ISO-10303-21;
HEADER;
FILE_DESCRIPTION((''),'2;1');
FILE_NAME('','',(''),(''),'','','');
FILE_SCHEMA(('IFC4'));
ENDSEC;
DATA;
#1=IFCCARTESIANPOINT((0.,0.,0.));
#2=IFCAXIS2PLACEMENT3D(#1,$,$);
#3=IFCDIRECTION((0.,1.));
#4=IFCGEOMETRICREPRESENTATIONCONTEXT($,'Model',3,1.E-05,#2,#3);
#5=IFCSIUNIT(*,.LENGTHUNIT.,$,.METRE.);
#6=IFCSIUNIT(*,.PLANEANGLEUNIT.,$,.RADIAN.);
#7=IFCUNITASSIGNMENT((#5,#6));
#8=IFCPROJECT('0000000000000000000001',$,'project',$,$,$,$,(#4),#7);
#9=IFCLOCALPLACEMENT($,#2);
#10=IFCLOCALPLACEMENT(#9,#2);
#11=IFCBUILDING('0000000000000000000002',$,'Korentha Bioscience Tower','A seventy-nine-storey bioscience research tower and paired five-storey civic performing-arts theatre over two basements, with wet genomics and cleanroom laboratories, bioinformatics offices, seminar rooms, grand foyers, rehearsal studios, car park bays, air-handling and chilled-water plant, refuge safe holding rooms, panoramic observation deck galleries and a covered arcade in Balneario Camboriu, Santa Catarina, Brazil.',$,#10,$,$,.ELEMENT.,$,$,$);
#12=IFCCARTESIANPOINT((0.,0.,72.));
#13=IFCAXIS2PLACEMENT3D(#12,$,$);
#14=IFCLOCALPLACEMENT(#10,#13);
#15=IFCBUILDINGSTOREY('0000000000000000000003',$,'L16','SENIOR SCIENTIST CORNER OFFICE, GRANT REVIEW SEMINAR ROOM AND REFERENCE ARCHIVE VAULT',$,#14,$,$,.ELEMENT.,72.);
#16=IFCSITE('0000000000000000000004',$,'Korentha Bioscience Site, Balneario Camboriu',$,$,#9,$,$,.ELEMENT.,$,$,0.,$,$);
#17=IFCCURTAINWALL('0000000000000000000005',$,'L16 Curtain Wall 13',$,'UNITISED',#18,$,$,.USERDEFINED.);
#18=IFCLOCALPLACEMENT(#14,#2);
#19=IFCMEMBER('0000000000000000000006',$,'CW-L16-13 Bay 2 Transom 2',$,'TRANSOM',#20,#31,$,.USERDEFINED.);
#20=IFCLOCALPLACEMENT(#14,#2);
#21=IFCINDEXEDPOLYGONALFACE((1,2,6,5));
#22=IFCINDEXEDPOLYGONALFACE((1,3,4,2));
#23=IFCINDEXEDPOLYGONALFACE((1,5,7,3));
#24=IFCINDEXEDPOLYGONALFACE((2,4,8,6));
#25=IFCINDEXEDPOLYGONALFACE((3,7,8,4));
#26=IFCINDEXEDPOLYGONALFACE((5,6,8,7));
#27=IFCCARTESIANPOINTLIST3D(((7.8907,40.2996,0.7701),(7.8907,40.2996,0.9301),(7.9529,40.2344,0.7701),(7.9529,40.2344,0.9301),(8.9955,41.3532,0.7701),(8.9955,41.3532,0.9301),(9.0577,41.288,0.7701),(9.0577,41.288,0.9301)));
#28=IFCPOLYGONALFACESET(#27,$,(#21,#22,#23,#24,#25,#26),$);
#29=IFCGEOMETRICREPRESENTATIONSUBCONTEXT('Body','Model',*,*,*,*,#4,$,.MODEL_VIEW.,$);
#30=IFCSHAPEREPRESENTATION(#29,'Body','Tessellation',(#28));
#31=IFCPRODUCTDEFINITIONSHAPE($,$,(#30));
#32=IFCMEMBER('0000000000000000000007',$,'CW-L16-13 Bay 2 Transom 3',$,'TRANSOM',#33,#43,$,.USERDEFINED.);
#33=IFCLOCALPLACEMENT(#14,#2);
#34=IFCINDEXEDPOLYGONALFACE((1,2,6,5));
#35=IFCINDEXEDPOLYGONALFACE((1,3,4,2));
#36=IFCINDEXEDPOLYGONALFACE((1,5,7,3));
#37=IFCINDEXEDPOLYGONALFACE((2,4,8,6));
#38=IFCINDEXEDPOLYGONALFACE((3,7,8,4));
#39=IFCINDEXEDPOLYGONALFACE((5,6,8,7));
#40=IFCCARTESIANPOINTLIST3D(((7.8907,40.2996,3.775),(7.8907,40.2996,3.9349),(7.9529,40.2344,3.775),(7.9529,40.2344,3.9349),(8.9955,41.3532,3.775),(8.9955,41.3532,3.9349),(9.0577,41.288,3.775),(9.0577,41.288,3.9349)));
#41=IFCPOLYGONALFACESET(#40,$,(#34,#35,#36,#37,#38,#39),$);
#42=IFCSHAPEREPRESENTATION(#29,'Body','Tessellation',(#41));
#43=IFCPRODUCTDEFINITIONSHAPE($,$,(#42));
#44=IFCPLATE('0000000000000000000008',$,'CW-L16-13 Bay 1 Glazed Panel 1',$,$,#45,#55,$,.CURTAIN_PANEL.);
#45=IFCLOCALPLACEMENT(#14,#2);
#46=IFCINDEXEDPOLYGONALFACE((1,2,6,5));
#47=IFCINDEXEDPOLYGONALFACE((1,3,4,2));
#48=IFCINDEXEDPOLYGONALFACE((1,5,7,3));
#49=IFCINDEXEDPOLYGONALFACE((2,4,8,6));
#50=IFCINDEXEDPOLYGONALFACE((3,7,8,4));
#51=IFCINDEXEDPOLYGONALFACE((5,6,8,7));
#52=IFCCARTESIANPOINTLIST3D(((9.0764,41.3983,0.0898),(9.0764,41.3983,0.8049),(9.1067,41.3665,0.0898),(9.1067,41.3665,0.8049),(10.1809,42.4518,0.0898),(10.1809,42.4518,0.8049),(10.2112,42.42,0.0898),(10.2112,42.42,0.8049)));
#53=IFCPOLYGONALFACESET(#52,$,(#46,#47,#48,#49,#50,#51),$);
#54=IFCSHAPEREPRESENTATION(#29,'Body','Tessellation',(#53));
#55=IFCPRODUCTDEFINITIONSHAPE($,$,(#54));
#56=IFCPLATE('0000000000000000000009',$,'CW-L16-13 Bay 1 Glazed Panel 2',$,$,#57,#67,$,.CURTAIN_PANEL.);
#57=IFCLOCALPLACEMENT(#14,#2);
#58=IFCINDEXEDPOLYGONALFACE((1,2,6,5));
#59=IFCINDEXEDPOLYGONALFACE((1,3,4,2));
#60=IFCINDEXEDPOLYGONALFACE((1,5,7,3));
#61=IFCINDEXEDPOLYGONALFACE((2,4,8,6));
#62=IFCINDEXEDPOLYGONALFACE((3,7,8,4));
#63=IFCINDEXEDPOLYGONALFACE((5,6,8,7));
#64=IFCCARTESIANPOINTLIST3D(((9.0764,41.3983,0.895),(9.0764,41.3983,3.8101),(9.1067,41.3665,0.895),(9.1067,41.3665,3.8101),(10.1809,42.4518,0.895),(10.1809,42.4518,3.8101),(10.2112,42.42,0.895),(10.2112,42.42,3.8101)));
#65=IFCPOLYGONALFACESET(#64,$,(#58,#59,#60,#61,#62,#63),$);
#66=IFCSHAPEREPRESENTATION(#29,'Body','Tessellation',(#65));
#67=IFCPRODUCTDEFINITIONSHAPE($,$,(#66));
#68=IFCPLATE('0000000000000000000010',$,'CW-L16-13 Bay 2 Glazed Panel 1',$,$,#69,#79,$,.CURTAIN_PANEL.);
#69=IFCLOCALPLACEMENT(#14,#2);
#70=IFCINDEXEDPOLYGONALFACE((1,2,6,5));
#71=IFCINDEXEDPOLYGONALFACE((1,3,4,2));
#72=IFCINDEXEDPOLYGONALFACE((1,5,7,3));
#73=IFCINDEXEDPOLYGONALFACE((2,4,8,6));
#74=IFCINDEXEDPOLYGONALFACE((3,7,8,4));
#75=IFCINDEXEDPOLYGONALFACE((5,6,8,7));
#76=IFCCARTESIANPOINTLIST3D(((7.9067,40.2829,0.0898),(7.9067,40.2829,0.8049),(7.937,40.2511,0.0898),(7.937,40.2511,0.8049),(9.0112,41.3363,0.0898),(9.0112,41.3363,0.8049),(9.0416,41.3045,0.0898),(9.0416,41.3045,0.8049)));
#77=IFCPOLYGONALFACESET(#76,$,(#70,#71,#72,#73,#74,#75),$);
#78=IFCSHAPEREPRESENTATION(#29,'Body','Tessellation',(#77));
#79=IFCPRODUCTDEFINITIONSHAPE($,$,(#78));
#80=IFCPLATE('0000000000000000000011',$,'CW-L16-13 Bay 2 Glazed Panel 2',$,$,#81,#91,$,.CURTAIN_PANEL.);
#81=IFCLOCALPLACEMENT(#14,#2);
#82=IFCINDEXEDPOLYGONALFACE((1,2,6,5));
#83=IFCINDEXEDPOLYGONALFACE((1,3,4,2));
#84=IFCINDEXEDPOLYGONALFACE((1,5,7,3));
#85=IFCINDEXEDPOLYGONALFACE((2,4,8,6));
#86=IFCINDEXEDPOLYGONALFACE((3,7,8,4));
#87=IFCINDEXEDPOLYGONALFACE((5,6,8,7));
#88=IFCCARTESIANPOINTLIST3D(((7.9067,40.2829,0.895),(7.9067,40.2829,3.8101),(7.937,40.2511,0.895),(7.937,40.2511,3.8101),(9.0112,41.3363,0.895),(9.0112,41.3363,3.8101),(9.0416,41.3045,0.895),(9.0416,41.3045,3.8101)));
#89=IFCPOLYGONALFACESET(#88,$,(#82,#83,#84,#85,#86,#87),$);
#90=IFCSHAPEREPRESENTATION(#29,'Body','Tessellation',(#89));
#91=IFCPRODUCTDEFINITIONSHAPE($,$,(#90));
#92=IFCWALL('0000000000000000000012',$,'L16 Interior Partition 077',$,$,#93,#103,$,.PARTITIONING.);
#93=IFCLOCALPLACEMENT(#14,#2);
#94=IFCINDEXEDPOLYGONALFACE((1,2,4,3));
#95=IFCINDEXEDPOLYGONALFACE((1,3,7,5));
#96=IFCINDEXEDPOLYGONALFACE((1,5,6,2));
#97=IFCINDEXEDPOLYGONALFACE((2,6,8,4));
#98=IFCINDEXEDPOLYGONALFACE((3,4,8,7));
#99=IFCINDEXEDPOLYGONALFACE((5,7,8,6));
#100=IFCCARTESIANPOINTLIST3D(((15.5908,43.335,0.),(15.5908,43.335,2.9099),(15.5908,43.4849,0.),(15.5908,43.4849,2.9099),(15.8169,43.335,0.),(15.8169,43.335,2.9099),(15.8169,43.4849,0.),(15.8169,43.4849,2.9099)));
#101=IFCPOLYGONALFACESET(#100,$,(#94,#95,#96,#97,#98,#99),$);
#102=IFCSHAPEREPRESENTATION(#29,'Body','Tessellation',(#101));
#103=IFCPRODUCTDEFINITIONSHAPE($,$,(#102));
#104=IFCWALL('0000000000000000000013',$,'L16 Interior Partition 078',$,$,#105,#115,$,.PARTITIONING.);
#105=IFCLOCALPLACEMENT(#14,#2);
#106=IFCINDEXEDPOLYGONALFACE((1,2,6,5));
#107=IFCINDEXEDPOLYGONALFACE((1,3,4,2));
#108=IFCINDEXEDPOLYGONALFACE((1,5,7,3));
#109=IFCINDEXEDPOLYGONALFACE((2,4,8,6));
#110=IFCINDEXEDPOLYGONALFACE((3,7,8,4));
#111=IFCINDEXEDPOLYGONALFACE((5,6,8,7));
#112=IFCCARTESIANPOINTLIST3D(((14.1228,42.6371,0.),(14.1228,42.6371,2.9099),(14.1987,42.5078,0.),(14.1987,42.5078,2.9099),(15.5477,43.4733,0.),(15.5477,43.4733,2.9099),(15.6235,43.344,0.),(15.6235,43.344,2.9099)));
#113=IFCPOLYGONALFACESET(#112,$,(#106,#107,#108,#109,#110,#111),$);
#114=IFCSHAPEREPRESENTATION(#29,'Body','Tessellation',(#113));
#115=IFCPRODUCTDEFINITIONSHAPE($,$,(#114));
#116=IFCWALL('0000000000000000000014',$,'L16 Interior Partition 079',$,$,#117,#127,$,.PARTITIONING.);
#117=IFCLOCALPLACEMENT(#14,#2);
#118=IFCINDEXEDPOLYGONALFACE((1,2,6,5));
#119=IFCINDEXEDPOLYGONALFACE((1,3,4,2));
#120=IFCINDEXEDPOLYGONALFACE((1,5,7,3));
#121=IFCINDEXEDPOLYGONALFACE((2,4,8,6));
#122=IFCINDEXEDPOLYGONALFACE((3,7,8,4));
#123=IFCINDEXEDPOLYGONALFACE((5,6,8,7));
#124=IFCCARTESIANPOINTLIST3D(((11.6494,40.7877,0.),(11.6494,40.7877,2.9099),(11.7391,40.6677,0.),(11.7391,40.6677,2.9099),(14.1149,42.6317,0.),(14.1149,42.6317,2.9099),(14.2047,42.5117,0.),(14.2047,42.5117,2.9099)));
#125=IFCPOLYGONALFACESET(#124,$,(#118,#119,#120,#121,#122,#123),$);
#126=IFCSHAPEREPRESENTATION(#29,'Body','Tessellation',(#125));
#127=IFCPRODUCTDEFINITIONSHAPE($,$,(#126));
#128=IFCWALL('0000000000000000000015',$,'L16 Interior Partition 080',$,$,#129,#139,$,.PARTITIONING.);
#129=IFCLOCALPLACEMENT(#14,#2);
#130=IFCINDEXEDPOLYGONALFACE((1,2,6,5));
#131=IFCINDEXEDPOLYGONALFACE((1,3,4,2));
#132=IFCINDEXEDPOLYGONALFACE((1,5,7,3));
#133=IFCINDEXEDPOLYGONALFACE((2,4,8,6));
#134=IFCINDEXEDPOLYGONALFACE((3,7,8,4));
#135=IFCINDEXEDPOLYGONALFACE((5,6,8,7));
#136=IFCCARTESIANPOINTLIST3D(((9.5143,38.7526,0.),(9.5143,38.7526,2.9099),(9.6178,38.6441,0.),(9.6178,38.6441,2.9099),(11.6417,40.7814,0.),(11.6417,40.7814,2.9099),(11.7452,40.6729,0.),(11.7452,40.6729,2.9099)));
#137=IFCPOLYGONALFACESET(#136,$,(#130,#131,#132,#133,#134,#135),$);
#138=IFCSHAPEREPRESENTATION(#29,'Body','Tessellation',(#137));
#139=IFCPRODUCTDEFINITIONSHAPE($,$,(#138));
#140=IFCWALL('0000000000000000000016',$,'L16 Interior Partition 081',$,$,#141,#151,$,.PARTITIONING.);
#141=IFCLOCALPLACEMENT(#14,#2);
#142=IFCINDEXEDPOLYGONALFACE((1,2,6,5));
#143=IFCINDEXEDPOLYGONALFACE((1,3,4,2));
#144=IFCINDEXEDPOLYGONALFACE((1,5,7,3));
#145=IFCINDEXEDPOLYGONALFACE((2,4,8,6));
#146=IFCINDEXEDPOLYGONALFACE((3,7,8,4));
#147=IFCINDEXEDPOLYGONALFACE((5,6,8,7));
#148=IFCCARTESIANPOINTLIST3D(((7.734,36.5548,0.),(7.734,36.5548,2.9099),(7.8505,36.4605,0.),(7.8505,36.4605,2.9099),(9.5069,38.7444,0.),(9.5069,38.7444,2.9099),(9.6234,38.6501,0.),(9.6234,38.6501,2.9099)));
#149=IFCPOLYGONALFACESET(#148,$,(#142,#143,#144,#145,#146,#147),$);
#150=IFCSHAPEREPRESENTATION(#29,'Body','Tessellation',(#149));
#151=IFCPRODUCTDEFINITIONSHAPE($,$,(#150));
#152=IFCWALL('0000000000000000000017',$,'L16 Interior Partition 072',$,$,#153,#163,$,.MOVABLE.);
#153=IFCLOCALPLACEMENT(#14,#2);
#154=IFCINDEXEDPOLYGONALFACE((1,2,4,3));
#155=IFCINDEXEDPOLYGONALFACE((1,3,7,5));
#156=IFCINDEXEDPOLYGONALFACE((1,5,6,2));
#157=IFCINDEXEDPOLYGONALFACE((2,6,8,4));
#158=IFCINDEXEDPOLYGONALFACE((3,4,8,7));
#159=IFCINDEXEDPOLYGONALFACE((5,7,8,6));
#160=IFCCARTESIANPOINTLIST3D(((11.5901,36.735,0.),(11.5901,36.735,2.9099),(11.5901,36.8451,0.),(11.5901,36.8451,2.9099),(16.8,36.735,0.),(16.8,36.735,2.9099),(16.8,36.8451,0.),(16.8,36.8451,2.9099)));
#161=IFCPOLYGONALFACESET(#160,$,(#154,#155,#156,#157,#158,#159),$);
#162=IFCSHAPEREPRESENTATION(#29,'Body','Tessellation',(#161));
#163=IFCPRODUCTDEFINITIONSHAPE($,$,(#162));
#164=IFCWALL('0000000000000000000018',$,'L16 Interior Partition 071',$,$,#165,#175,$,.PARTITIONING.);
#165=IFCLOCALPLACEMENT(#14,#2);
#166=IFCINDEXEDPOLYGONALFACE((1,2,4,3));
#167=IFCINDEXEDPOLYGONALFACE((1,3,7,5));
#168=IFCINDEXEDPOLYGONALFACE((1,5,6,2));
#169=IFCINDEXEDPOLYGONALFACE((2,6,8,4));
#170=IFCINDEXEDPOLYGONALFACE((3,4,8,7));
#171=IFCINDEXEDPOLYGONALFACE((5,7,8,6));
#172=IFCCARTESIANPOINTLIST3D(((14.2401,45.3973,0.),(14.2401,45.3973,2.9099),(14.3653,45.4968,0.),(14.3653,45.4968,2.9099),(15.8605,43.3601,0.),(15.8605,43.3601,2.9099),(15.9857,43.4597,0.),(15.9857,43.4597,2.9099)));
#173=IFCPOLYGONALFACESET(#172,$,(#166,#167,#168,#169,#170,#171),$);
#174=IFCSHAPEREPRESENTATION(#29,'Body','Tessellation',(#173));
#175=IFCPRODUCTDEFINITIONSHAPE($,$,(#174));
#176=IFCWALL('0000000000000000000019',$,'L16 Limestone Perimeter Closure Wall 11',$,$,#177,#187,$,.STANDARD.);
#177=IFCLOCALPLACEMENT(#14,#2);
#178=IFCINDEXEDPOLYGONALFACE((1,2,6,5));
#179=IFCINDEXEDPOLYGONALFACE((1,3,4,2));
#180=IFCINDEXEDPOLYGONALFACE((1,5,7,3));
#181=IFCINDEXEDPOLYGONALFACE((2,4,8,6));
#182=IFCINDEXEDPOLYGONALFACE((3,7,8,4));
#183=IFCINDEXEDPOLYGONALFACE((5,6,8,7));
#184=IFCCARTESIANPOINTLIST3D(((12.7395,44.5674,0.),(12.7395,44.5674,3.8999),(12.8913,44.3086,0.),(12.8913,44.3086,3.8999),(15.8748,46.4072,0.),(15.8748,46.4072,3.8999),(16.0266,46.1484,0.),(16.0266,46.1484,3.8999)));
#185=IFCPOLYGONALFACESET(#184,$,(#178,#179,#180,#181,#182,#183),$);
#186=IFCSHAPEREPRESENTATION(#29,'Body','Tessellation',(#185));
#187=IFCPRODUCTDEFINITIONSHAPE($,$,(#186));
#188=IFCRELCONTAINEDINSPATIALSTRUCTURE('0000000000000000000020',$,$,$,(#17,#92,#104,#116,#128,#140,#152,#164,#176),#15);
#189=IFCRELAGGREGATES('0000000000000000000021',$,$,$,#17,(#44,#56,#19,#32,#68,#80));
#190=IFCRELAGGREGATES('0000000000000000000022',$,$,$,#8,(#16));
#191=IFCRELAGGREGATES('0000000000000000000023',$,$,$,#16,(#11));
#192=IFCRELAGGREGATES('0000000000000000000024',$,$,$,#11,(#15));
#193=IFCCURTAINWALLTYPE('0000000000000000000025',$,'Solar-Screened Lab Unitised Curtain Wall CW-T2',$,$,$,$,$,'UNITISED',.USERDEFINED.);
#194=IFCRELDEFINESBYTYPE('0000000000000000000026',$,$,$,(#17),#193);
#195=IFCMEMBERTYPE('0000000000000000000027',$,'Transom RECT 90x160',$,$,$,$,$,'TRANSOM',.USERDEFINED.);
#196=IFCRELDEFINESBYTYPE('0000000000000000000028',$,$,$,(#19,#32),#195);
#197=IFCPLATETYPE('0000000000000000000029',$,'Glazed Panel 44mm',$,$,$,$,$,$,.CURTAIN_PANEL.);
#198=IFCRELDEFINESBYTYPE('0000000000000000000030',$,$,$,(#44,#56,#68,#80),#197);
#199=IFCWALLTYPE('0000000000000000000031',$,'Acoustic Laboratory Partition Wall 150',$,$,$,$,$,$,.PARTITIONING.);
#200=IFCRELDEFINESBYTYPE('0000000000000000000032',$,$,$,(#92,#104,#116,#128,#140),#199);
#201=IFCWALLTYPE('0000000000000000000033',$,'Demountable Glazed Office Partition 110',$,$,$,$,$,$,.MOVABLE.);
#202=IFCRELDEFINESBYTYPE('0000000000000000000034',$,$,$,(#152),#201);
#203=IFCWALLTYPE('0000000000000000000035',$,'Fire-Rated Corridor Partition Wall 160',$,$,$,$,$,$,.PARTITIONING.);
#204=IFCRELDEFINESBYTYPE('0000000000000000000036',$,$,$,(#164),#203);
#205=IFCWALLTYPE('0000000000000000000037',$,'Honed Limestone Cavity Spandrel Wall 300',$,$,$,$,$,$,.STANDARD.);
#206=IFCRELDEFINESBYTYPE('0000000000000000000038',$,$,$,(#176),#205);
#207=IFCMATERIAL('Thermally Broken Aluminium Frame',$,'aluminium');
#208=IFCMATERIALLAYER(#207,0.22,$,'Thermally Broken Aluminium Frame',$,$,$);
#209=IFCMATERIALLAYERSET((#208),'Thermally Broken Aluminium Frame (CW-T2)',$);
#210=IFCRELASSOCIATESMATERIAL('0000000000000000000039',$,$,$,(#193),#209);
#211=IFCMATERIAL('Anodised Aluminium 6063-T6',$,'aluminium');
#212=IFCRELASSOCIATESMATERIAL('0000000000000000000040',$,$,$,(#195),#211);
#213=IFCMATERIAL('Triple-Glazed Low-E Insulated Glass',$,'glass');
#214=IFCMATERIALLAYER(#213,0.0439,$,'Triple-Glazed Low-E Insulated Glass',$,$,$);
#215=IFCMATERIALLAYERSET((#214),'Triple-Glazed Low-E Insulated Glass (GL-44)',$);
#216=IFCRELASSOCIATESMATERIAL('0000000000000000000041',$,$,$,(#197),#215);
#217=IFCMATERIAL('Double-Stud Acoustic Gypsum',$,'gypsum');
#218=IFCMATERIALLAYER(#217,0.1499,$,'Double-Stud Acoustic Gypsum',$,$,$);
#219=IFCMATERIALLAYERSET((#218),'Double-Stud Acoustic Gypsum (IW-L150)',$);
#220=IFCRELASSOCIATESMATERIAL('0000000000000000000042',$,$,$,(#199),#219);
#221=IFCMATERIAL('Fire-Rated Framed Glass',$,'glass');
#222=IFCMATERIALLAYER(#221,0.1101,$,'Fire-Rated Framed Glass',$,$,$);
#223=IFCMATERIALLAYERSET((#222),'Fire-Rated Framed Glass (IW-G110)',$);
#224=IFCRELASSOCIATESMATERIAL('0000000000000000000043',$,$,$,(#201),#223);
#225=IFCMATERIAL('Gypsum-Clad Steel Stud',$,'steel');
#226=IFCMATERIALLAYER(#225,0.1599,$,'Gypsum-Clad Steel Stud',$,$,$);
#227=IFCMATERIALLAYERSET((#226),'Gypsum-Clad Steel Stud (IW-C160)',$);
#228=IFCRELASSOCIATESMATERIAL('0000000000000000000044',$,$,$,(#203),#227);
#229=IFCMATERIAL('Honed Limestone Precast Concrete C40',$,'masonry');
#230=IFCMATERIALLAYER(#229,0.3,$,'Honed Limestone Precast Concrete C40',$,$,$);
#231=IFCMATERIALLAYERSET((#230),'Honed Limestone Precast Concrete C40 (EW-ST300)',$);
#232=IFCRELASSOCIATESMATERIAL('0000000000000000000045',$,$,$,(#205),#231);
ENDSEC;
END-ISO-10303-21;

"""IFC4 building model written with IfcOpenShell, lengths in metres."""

from ifc_helpers import new_model, si_unit, direction, frame, frame_2d, origin, origin_2d, place, context, subcontext, project, spatial, rectangle, extrude, material, layer, layer_set, material_profile, profile_set, type_object, element, aggregate, save


model = new_model("IFC4")

# Units and contexts
model_context = context("Model", 3, precision=1e-05, world=origin(), true_north=direction((0.0, 1.0)))
body_context = subcontext(model_context, "Body", "Model", "MODEL_VIEW")
ifc_project = project(units=[si_unit("LENGTHUNIT", "METRE"), si_unit("PLANEANGLEUNIT", "RADIAN")], contexts=[model_context])

# Site, building, storey
site_placement = place(None, origin())
site = spatial("IfcSite", under=ifc_project, at=site_placement, Name="Korentha Bioscience Site, Balneario Camboriu", CompositionType="ELEMENT", RefElevation=0.0)
building_placement = place(site_placement, origin())
building = spatial("IfcBuilding", under=site, at=building_placement, Name="Korentha Bioscience Tower", Description="A seventy-nine-storey bioscience research tower and paired five-storey civic performing-arts theatre over two basements, with wet genomics and cleanroom laboratories, bioinformatics offices, seminar rooms, grand foyers, rehearsal studios, car park bays, air-handling and chilled-water plant, refuge safe holding rooms, panoramic observation deck galleries and a covered arcade in Balneario Camboriu, Santa Catarina, Brazil.", CompositionType="ELEMENT")
storey_placement = place(building_placement, frame((0.0, 0.0, 72.0)))
storey = spatial("IfcBuildingStorey", under=building, at=storey_placement, Name="L16", Description="SENIOR SCIENTIST CORNER OFFICE, GRANT REVIEW SEMINAR ROOM AND REFERENCE ARCHIVE VAULT", CompositionType="ELEMENT", Elevation=72.0)

# Curtain wall
ifc_material_1 = material(Name="Thermally Broken Aluminium Frame", Category="aluminium")
ifc_layer_1 = layer(ifc_material_1, 0.22, Name="Thermally Broken Aluminium Frame")
ifc_layer_set_1 = layer_set([ifc_layer_1], Name="Thermally Broken Aluminium Frame (CW-T2)")
curtain_wall_type = type_object("IfcCurtainWallType", Name="Solar-Screened Lab Unitised Curtain Wall CW-T2", ElementType="UNITISED", PredefinedType="USERDEFINED", material=ifc_layer_set_1)
curtain_wall_placement = place(storey_placement, origin())
curtain_wall = element("IfcCurtainWall", 1, at=curtain_wall_placement, inside=storey, type_object=curtain_wall_type, Name="L16 Curtain Wall 13", ObjectType="UNITISED", PredefinedType="USERDEFINED")
ifc_material_2 = material(Name="Anodised Aluminium 6063-T6", Category="aluminium")

# Members
ifc_material_profile_1 = material_profile(ifc_material_2, rectangle(XDim=0.0901, YDim=0.1599, at=origin_2d()), Name="Anodised Aluminium 6063-T6")
ifc_profile_set_1 = profile_set([ifc_material_profile_1], Name="Anodised Aluminium 6063-T6 (CW-TRN)")
member_type_1 = type_object("IfcMemberType", Name="Transom RECT 90x160", ElementType="TRANSOM", PredefinedType="USERDEFINED", material=ifc_profile_set_1)
member_1_placement = place(storey_placement, frame((9.0266, 41.3206, 0.8501), z_axis=(-0.7237, -0.690114, 0.0), x_axis=(0.690114, -0.7237, 0.0)))
member_1 = element("IfcMember", 2, at=member_1_placement, type_object=member_type_1, Name="CW-L16-13 Bay 2 Transom 2", ObjectType="TRANSOM", PredefinedType="USERDEFINED", context=body_context, shape_type="SweptSolid", body=[
    extrude(rectangle(XDim=0.0901, YDim=0.1599, at=origin_2d()), origin(), (0.0, 0.0, 1.0), 1.5266),
])
member_2_placement = place(storey_placement, frame((9.0266, 41.3206, 3.855), z_axis=(-0.7237, -0.690114, 0.0), x_axis=(0.690114, -0.7237, 0.0)))
member_2 = element("IfcMember", 3, at=member_2_placement, type_object=member_type_1, Name="CW-L16-13 Bay 2 Transom 3", ObjectType="TRANSOM", PredefinedType="USERDEFINED", context=body_context, shape_type="SweptSolid", body=[
    extrude(rectangle(XDim=0.0901, YDim=0.1599, at=origin_2d()), origin(), (0.0, 0.0, 1.0), 1.5266),
])

# Plates
ifc_material_3 = material(Name="Triple-Glazed Low-E Insulated Glass", Category="glass")
ifc_layer_2 = layer(ifc_material_3, 0.0439, Name="Triple-Glazed Low-E Insulated Glass")
ifc_layer_set_2 = layer_set([ifc_layer_2], Name="Triple-Glazed Low-E Insulated Glass (GL-44)")
plate_type = type_object("IfcPlateType", Name="Glazed Panel 44mm", PredefinedType="CURTAIN_PANEL", material=ifc_layer_set_2)
plate_1_placement = place(storey_placement, frame((9.6438, 41.9092, 0.0898), z_axis=(0.0, 0.0, 1.0), x_axis=(-0.723642, -0.690176, 0.0)))
plate_1 = element("IfcPlate", 4, at=plate_1_placement, type_object=plate_type, Name="CW-L16-13 Bay 1 Glazed Panel 1", PredefinedType="CURTAIN_PANEL", context=body_context, shape_type="SweptSolid", body=[
    extrude(rectangle(XDim=1.5264, YDim=0.0439, at=origin_2d()), origin(), (0.0, 0.0, 1.0), 0.7151),
])
plate_2_placement = place(storey_placement, frame((9.6438, 41.9092, 0.895), z_axis=(0.0, 0.0, 1.0), x_axis=(-0.723642, -0.690176, 0.0)))
plate_2 = element("IfcPlate", 5, at=plate_2_placement, type_object=plate_type, Name="CW-L16-13 Bay 1 Glazed Panel 2", PredefinedType="CURTAIN_PANEL", context=body_context, shape_type="SweptSolid", body=[
    extrude(rectangle(XDim=1.5264, YDim=0.0439, at=origin_2d()), origin(), (0.0, 0.0, 1.0), 2.915),
])
plate_3_placement = place(storey_placement, frame((8.4741, 40.7937, 0.0898), z_axis=(0.0, 0.0, 1.0), x_axis=(-0.723642, -0.690176, 0.0)))
plate_3 = element("IfcPlate", 6, at=plate_3_placement, type_object=plate_type, Name="CW-L16-13 Bay 2 Glazed Panel 1", PredefinedType="CURTAIN_PANEL", context=body_context, shape_type="SweptSolid", body=[
    extrude(rectangle(XDim=1.5264, YDim=0.0439, at=origin_2d()), origin(), (0.0, 0.0, 1.0), 0.7151),
])
plate_4_placement = place(storey_placement, frame((8.4741, 40.7937, 0.895), z_axis=(0.0, 0.0, 1.0), x_axis=(-0.723642, -0.690176, 0.0)))
plate_4 = element("IfcPlate", 7, at=plate_4_placement, type_object=plate_type, Name="CW-L16-13 Bay 2 Glazed Panel 2", PredefinedType="CURTAIN_PANEL", context=body_context, shape_type="SweptSolid", body=[
    extrude(rectangle(XDim=1.5264, YDim=0.0439, at=origin_2d()), origin(), (0.0, 0.0, 1.0), 2.915),
])
aggregate(curtain_wall, [plate_1, plate_2, member_1, member_2, plate_3, plate_4])

# Walls
ifc_material_4 = material(Name="Double-Stud Acoustic Gypsum", Category="gypsum")
ifc_layer_3 = layer(ifc_material_4, 0.1499, Name="Double-Stud Acoustic Gypsum")
ifc_layer_set_3 = layer_set([ifc_layer_3], Name="Double-Stud Acoustic Gypsum (IW-L150)")
wall_type_1 = type_object("IfcWallType", Name="Acoustic Laboratory Partition Wall 150", PredefinedType="PARTITIONING", material=ifc_layer_set_3)
wall_1_placement = place(storey_placement, frame((15.8169, 43.4099, 0.0), z_axis=(0.0, 0.0, 1.0), x_axis=(-1.0, 0.0, 0.0)))
element("IfcWall", 8, at=wall_1_placement, inside=storey, type_object=wall_type_1, Name="L16 Interior Partition 077", PredefinedType="PARTITIONING", context=body_context, shape_type="SweptSolid", body=[
    extrude(rectangle(XDim=0.2261, YDim=0.1499, at=frame_2d((0.113, 0.0))), origin(), (0.0, 0.0, 1.0), 2.9099),
])
wall_2_placement = place(storey_placement, frame((15.5857, 43.4087, 0.0), z_axis=(0.0, 0.0, 1.0), x_axis=(-0.862447, -0.506148, 0.0)))
element("IfcWall", 9, at=wall_2_placement, inside=storey, type_object=wall_type_1, Name="L16 Interior Partition 078", PredefinedType="PARTITIONING", context=body_context, shape_type="SweptSolid", body=[
    extrude(rectangle(XDim=1.6521, YDim=0.1499, at=frame_2d((0.8262, 0.0))), origin(), (0.0, 0.0, 1.0), 2.9099),
])
wall_3_placement = place(storey_placement, frame((14.1599, 42.5718, 0.0), z_axis=(0.0, 0.0, 1.0), x_axis=(-0.800808, -0.598921, 0.0)))
element("IfcWall", 10, at=wall_3_placement, inside=storey, type_object=wall_type_1, Name="L16 Interior Partition 079", PredefinedType="PARTITIONING", context=body_context, shape_type="SweptSolid", body=[
    extrude(rectangle(XDim=3.0789, YDim=0.1499, at=frame_2d((1.5396, 0.0))), origin(), (0.0, 0.0, 1.0), 2.9099),
])
wall_4_placement = place(storey_placement, frame((11.6934, 40.7271, 0.0), z_axis=(0.0, 0.0, 1.0), x_axis=(-0.723684, -0.690132, 0.0)))
element("IfcWall", 11, at=wall_4_placement, inside=storey, type_object=wall_type_1, Name="L16 Interior Partition 080", PredefinedType="PARTITIONING", context=body_context, shape_type="SweptSolid", body=[
    extrude(rectangle(XDim=2.9397, YDim=0.1499, at=frame_2d((1.4697, 0.0))), origin(), (0.0, 0.0, 1.0), 2.9099),
])
wall_5_placement = place(storey_placement, frame((9.5652, 38.6973, 0.0), z_axis=(0.0, 0.0, 1.0), x_axis=(-0.629271, -0.777186, 0.0)))
element("IfcWall", 12, at=wall_5_placement, inside=storey, type_object=wall_type_1, Name="L16 Interior Partition 081", PredefinedType="PARTITIONING", context=body_context, shape_type="SweptSolid", body=[
    extrude(rectangle(XDim=2.8174, YDim=0.1499, at=frame_2d((1.4087, 0.0))), origin(), (0.0, 0.0, 1.0), 2.9099),
])
ifc_material_5 = material(Name="Fire-Rated Framed Glass", Category="glass")
ifc_layer_4 = layer(ifc_material_5, 0.1101, Name="Fire-Rated Framed Glass")
ifc_layer_set_4 = layer_set([ifc_layer_4], Name="Fire-Rated Framed Glass (IW-G110)")
wall_type_2 = type_object("IfcWallType", Name="Demountable Glazed Office Partition 110", PredefinedType="MOVABLE", material=ifc_layer_set_4)
wall_6_placement = place(storey_placement, frame((11.5901, 36.79, 0.0), z_axis=(0.0, 0.0, 1.0), x_axis=(1.0, 0.0, 0.0)))
element("IfcWall", 13, at=wall_6_placement, inside=storey, type_object=wall_type_2, Name="L16 Interior Partition 072", PredefinedType="MOVABLE", context=body_context, shape_type="SweptSolid", body=[
    extrude(rectangle(XDim=5.21, YDim=0.1101, at=frame_2d((2.605, 0.0))), origin(), (0.0, 0.0, 1.0), 2.9099),
])
ifc_material_6 = material(Name="Gypsum-Clad Steel Stud", Category="steel")
ifc_layer_5 = layer(ifc_material_6, 0.1599, Name="Gypsum-Clad Steel Stud")
ifc_layer_set_5 = layer_set([ifc_layer_5], Name="Gypsum-Clad Steel Stud (IW-C160)")
wall_type_3 = type_object("IfcWallType", Name="Fire-Rated Corridor Partition Wall 160", PredefinedType="PARTITIONING", material=ifc_layer_set_5)
wall_7_placement = place(storey_placement, frame((15.9231, 43.4099, 0.0), z_axis=(0.0, 0.0, 1.0), x_axis=(-0.622508, 0.782614, 0.0)))
element("IfcWall", 14, at=wall_7_placement, inside=storey, type_object=wall_type_3, Name="L16 Interior Partition 071", PredefinedType="PARTITIONING", context=body_context, shape_type="SweptSolid", body=[
    extrude(rectangle(XDim=2.603, YDim=0.1599, at=frame_2d((1.3015, 0.0))), origin(), (0.0, 0.0, 1.0), 2.9099),
])

# Shared definitions
ifc_material_7 = material(Name="Honed Limestone Precast Concrete C40", Category="masonry")
ifc_layer_6 = layer(ifc_material_7, 0.3, Name="Honed Limestone Precast Concrete C40")
ifc_layer_set_6 = layer_set([ifc_layer_6], Name="Honed Limestone Precast Concrete C40 (EW-ST300)")
wall_type_4 = type_object("IfcWallType", Name="Honed Limestone Cavity Spandrel Wall 300", PredefinedType="STANDARD", material=ifc_layer_set_6)

# Wall
wall_8_placement = place(storey_placement, frame((15.9507, 46.2778, 0.0), z_axis=(0.0, 0.0, 1.0), x_axis=(-0.862465, -0.506116, 0.0)))
element("IfcWall", 15, at=wall_8_placement, inside=storey, type_object=wall_type_4, Name="L16 Limestone Perimeter Closure Wall 11", PredefinedType="STANDARD", context=body_context, shape_type="SweptSolid", body=[
    extrude(rectangle(XDim=3.6353, YDim=0.3, at=frame_2d((1.8176, 0.0))), origin(), (0.0, 0.0, 1.0), 3.8999),
])

save(model, "model.ifc")
